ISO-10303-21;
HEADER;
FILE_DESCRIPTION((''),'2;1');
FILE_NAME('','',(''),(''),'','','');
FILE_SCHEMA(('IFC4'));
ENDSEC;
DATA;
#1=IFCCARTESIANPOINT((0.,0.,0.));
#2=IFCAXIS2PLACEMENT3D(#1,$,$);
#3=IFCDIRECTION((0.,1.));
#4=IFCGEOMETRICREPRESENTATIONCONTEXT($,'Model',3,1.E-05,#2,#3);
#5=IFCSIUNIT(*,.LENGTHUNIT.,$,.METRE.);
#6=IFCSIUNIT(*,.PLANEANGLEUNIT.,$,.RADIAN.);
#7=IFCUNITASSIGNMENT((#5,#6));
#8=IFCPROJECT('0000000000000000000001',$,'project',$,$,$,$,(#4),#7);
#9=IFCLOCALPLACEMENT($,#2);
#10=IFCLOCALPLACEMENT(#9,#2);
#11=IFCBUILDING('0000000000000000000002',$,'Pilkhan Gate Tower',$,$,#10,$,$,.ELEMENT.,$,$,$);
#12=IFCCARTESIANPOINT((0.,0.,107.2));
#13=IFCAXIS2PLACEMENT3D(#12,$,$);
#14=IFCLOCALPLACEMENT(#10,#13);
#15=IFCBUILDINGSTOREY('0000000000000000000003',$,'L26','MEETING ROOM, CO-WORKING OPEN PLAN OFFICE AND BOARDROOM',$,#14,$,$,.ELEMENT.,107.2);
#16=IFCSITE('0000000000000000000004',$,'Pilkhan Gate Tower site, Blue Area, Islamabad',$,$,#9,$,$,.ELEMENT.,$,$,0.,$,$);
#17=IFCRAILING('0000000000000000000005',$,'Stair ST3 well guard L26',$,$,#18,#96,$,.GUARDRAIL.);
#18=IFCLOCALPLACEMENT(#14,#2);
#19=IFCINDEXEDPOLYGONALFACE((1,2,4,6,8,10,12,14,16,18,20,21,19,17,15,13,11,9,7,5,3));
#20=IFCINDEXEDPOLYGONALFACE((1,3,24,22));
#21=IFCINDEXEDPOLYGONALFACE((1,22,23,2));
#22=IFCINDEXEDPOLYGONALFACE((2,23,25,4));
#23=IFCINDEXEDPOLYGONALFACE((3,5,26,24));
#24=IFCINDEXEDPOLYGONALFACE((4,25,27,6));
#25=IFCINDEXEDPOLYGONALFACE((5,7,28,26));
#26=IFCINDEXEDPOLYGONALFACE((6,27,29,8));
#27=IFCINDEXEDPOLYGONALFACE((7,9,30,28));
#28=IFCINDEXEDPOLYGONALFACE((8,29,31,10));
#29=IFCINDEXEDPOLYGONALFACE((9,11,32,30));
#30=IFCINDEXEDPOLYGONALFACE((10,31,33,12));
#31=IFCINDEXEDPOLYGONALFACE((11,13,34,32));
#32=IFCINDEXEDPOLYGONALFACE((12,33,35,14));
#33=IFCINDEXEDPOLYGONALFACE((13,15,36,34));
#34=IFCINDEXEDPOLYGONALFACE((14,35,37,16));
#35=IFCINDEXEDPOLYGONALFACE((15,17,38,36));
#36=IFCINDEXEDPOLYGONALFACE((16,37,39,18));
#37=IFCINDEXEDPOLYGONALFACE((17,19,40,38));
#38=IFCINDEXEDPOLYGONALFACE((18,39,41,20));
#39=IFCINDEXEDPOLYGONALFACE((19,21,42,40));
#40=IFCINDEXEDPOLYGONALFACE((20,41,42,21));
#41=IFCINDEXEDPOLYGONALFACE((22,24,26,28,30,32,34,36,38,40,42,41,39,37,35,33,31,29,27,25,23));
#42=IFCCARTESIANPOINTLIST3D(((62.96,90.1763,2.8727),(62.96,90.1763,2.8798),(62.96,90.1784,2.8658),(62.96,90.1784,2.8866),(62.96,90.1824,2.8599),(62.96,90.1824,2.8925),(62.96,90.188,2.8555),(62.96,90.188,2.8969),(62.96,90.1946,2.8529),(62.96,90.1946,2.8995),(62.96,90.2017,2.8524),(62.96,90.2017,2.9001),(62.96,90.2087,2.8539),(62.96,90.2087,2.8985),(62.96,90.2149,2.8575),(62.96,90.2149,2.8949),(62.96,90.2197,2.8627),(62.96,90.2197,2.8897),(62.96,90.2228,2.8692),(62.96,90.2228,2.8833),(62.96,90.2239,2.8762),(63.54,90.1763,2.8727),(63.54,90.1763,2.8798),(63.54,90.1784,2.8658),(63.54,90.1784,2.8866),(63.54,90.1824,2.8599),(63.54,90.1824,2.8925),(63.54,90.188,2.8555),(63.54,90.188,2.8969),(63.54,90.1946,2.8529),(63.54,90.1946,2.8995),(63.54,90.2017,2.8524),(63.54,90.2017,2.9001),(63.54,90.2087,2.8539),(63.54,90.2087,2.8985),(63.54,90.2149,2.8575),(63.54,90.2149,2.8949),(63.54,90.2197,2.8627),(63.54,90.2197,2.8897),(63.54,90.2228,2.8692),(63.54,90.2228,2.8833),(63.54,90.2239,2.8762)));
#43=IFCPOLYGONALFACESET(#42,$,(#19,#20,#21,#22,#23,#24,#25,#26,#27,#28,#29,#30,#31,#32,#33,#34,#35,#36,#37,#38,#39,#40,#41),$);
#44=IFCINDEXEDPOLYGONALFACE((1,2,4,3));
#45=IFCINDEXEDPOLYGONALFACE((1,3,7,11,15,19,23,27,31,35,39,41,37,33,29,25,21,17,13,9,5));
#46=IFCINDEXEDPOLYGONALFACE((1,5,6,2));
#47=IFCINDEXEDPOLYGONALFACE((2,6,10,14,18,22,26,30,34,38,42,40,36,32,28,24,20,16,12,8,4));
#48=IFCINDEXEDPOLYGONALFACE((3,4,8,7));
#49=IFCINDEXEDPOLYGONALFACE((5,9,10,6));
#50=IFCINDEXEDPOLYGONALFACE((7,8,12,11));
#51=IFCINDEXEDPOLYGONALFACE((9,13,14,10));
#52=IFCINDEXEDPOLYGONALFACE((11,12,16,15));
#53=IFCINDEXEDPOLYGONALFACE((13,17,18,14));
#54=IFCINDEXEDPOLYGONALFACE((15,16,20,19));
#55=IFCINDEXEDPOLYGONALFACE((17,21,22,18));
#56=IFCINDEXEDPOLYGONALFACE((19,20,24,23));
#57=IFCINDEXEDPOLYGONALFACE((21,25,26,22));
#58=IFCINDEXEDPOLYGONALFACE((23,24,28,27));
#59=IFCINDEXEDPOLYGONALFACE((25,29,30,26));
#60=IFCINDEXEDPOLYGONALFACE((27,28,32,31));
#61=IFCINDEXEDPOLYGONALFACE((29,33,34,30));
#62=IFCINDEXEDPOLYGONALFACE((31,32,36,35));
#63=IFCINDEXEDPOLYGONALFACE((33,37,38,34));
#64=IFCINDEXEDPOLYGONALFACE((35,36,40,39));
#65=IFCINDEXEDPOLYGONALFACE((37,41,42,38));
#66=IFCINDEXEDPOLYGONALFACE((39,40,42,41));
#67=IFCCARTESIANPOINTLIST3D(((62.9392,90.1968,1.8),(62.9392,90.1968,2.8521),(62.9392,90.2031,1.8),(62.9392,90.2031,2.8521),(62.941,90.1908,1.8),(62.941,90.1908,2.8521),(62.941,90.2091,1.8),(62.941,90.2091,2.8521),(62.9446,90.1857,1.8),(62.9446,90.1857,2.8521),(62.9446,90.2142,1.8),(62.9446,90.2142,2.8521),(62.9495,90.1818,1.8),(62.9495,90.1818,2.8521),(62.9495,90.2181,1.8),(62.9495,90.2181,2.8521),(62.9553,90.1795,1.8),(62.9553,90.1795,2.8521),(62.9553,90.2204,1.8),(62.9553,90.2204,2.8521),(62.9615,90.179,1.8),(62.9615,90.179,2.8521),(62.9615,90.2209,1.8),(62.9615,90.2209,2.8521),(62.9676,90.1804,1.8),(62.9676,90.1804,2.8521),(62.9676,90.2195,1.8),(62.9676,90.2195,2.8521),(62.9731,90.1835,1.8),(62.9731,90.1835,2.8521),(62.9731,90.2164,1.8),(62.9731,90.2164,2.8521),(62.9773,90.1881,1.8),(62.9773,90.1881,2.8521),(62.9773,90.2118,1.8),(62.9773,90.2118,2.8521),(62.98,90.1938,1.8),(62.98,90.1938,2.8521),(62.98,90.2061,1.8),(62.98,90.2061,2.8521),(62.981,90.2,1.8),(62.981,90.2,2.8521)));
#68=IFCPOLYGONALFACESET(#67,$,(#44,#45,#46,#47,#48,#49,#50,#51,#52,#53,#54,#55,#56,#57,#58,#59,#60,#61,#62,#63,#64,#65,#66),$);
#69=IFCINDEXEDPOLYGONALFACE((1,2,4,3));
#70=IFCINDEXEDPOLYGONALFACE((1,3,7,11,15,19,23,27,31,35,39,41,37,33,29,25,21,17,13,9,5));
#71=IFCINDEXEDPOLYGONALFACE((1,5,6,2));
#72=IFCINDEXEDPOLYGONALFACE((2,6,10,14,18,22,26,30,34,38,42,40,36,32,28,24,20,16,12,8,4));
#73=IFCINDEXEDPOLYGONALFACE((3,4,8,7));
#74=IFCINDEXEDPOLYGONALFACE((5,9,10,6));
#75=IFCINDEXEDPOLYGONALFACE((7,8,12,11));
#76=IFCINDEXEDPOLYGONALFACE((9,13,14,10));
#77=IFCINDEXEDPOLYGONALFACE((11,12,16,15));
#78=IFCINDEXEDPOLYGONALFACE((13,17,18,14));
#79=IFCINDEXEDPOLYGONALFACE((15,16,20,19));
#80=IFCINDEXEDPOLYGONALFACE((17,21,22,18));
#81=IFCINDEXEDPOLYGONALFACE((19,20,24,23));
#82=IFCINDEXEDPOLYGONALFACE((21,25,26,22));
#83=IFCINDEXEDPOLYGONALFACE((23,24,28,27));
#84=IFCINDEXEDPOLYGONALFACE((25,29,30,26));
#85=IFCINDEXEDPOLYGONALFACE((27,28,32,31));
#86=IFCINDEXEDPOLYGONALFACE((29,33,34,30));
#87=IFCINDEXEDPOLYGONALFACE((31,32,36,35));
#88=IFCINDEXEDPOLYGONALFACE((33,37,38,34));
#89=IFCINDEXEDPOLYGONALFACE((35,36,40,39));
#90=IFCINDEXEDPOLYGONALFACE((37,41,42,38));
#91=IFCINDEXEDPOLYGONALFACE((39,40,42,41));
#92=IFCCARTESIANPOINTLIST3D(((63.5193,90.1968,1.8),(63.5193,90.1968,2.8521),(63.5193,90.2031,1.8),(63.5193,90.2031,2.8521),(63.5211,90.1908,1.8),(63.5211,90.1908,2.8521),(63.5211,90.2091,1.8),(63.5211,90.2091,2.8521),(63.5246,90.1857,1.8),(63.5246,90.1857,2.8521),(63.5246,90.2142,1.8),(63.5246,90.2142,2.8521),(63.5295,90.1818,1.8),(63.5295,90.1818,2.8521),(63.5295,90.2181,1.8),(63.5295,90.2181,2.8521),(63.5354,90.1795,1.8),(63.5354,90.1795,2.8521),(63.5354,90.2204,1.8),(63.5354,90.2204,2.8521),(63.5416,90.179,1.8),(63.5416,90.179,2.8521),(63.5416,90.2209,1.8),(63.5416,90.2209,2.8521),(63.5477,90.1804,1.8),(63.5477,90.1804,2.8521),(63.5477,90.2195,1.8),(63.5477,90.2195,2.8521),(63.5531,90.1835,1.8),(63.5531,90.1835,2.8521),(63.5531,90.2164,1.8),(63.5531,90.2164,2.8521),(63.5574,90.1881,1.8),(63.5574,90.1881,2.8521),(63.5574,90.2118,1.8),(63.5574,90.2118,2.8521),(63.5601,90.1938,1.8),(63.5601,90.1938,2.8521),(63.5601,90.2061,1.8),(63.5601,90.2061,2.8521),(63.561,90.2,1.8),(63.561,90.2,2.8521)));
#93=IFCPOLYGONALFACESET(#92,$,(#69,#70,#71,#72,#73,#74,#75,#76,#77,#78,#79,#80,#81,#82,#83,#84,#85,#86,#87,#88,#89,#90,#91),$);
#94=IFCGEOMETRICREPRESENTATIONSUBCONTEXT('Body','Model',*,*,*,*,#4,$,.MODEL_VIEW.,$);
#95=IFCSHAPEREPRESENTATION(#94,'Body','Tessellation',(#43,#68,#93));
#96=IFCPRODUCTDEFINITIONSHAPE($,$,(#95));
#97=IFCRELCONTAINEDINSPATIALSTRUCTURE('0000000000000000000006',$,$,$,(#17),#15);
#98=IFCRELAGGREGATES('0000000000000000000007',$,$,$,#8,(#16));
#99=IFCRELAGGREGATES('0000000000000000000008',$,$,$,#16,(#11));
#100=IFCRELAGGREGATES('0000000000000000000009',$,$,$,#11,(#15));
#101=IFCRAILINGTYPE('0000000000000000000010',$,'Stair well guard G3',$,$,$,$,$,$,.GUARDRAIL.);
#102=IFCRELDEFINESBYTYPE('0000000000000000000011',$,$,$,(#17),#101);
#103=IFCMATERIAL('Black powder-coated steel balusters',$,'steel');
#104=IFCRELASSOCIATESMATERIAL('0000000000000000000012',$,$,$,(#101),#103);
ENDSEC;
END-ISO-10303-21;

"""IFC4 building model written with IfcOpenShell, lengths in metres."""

from ifc_helpers import new_model, si_unit, direction, frame, origin, origin_2d, place, context, subcontext, project, spatial, circle, extrude, material, type_object, element, save


model = new_model("IFC4")

# Units and contexts
model_context = context("Model", 3, precision=1e-05, world=origin(), true_north=direction((0.0, 1.0)))
body_context = subcontext(model_context, "Body", "Model", "MODEL_VIEW")
ifc_project = project(units=[si_unit("LENGTHUNIT", "METRE"), si_unit("PLANEANGLEUNIT", "RADIAN")], contexts=[model_context])

# Site, building, storey
site_placement = place(None, origin())
site = spatial("IfcSite", under=ifc_project, at=site_placement, Name="Pilkhan Gate Tower site, Blue Area, Islamabad", CompositionType="ELEMENT", RefElevation=0.0)
building_placement = place(site_placement, origin())
building = spatial("IfcBuilding", under=site, at=building_placement, Name="Pilkhan Gate Tower", CompositionType="ELEMENT")
storey_placement = place(building_placement, frame((0.0, 0.0, 107.2)))
storey = spatial("IfcBuildingStorey", under=building, at=storey_placement, Name="L26", Description="MEETING ROOM, CO-WORKING OPEN PLAN OFFICE AND BOARDROOM", CompositionType="ELEMENT", Elevation=107.2)

# Railing
ifc_material_1 = material(Name="Black powder-coated steel balusters", Category="steel")
railing_type_1 = type_object("IfcRailingType", Name="Stair well guard G3", PredefinedType="GUARDRAIL", material=ifc_material_1)
for number, where, name in (
    (1, (62.96, 90.2, 1.8), "Stair ST3 well guard L26"),
):
    element("IfcRailing", number, at=place(storey_placement, frame(where)), inside=storey, type_object=railing_type_1, Name=name, PredefinedType="GUARDRAIL", context=body_context, shape_type="SweptSolid", body=[
        extrude(circle(Radius=0.0239, at=origin_2d()), frame((0.0, 0.0, 1.0762), z_axis=(1.0, 0.0, 0.0), x_axis=(0.0, 1.0, 0.0)), (0.0, 0.0, 1.0), 0.5801),
        extrude(circle(Radius=0.021, at=origin_2d()), origin(), (0.0, 0.0, 1.0), 1.052),
        extrude(circle(Radius=0.021, at=origin_2d()), frame((0.5801, 0.0, 0.0)), (0.0, 0.0, 1.0), 1.052),
    ])

save(model, "model.ifc")
